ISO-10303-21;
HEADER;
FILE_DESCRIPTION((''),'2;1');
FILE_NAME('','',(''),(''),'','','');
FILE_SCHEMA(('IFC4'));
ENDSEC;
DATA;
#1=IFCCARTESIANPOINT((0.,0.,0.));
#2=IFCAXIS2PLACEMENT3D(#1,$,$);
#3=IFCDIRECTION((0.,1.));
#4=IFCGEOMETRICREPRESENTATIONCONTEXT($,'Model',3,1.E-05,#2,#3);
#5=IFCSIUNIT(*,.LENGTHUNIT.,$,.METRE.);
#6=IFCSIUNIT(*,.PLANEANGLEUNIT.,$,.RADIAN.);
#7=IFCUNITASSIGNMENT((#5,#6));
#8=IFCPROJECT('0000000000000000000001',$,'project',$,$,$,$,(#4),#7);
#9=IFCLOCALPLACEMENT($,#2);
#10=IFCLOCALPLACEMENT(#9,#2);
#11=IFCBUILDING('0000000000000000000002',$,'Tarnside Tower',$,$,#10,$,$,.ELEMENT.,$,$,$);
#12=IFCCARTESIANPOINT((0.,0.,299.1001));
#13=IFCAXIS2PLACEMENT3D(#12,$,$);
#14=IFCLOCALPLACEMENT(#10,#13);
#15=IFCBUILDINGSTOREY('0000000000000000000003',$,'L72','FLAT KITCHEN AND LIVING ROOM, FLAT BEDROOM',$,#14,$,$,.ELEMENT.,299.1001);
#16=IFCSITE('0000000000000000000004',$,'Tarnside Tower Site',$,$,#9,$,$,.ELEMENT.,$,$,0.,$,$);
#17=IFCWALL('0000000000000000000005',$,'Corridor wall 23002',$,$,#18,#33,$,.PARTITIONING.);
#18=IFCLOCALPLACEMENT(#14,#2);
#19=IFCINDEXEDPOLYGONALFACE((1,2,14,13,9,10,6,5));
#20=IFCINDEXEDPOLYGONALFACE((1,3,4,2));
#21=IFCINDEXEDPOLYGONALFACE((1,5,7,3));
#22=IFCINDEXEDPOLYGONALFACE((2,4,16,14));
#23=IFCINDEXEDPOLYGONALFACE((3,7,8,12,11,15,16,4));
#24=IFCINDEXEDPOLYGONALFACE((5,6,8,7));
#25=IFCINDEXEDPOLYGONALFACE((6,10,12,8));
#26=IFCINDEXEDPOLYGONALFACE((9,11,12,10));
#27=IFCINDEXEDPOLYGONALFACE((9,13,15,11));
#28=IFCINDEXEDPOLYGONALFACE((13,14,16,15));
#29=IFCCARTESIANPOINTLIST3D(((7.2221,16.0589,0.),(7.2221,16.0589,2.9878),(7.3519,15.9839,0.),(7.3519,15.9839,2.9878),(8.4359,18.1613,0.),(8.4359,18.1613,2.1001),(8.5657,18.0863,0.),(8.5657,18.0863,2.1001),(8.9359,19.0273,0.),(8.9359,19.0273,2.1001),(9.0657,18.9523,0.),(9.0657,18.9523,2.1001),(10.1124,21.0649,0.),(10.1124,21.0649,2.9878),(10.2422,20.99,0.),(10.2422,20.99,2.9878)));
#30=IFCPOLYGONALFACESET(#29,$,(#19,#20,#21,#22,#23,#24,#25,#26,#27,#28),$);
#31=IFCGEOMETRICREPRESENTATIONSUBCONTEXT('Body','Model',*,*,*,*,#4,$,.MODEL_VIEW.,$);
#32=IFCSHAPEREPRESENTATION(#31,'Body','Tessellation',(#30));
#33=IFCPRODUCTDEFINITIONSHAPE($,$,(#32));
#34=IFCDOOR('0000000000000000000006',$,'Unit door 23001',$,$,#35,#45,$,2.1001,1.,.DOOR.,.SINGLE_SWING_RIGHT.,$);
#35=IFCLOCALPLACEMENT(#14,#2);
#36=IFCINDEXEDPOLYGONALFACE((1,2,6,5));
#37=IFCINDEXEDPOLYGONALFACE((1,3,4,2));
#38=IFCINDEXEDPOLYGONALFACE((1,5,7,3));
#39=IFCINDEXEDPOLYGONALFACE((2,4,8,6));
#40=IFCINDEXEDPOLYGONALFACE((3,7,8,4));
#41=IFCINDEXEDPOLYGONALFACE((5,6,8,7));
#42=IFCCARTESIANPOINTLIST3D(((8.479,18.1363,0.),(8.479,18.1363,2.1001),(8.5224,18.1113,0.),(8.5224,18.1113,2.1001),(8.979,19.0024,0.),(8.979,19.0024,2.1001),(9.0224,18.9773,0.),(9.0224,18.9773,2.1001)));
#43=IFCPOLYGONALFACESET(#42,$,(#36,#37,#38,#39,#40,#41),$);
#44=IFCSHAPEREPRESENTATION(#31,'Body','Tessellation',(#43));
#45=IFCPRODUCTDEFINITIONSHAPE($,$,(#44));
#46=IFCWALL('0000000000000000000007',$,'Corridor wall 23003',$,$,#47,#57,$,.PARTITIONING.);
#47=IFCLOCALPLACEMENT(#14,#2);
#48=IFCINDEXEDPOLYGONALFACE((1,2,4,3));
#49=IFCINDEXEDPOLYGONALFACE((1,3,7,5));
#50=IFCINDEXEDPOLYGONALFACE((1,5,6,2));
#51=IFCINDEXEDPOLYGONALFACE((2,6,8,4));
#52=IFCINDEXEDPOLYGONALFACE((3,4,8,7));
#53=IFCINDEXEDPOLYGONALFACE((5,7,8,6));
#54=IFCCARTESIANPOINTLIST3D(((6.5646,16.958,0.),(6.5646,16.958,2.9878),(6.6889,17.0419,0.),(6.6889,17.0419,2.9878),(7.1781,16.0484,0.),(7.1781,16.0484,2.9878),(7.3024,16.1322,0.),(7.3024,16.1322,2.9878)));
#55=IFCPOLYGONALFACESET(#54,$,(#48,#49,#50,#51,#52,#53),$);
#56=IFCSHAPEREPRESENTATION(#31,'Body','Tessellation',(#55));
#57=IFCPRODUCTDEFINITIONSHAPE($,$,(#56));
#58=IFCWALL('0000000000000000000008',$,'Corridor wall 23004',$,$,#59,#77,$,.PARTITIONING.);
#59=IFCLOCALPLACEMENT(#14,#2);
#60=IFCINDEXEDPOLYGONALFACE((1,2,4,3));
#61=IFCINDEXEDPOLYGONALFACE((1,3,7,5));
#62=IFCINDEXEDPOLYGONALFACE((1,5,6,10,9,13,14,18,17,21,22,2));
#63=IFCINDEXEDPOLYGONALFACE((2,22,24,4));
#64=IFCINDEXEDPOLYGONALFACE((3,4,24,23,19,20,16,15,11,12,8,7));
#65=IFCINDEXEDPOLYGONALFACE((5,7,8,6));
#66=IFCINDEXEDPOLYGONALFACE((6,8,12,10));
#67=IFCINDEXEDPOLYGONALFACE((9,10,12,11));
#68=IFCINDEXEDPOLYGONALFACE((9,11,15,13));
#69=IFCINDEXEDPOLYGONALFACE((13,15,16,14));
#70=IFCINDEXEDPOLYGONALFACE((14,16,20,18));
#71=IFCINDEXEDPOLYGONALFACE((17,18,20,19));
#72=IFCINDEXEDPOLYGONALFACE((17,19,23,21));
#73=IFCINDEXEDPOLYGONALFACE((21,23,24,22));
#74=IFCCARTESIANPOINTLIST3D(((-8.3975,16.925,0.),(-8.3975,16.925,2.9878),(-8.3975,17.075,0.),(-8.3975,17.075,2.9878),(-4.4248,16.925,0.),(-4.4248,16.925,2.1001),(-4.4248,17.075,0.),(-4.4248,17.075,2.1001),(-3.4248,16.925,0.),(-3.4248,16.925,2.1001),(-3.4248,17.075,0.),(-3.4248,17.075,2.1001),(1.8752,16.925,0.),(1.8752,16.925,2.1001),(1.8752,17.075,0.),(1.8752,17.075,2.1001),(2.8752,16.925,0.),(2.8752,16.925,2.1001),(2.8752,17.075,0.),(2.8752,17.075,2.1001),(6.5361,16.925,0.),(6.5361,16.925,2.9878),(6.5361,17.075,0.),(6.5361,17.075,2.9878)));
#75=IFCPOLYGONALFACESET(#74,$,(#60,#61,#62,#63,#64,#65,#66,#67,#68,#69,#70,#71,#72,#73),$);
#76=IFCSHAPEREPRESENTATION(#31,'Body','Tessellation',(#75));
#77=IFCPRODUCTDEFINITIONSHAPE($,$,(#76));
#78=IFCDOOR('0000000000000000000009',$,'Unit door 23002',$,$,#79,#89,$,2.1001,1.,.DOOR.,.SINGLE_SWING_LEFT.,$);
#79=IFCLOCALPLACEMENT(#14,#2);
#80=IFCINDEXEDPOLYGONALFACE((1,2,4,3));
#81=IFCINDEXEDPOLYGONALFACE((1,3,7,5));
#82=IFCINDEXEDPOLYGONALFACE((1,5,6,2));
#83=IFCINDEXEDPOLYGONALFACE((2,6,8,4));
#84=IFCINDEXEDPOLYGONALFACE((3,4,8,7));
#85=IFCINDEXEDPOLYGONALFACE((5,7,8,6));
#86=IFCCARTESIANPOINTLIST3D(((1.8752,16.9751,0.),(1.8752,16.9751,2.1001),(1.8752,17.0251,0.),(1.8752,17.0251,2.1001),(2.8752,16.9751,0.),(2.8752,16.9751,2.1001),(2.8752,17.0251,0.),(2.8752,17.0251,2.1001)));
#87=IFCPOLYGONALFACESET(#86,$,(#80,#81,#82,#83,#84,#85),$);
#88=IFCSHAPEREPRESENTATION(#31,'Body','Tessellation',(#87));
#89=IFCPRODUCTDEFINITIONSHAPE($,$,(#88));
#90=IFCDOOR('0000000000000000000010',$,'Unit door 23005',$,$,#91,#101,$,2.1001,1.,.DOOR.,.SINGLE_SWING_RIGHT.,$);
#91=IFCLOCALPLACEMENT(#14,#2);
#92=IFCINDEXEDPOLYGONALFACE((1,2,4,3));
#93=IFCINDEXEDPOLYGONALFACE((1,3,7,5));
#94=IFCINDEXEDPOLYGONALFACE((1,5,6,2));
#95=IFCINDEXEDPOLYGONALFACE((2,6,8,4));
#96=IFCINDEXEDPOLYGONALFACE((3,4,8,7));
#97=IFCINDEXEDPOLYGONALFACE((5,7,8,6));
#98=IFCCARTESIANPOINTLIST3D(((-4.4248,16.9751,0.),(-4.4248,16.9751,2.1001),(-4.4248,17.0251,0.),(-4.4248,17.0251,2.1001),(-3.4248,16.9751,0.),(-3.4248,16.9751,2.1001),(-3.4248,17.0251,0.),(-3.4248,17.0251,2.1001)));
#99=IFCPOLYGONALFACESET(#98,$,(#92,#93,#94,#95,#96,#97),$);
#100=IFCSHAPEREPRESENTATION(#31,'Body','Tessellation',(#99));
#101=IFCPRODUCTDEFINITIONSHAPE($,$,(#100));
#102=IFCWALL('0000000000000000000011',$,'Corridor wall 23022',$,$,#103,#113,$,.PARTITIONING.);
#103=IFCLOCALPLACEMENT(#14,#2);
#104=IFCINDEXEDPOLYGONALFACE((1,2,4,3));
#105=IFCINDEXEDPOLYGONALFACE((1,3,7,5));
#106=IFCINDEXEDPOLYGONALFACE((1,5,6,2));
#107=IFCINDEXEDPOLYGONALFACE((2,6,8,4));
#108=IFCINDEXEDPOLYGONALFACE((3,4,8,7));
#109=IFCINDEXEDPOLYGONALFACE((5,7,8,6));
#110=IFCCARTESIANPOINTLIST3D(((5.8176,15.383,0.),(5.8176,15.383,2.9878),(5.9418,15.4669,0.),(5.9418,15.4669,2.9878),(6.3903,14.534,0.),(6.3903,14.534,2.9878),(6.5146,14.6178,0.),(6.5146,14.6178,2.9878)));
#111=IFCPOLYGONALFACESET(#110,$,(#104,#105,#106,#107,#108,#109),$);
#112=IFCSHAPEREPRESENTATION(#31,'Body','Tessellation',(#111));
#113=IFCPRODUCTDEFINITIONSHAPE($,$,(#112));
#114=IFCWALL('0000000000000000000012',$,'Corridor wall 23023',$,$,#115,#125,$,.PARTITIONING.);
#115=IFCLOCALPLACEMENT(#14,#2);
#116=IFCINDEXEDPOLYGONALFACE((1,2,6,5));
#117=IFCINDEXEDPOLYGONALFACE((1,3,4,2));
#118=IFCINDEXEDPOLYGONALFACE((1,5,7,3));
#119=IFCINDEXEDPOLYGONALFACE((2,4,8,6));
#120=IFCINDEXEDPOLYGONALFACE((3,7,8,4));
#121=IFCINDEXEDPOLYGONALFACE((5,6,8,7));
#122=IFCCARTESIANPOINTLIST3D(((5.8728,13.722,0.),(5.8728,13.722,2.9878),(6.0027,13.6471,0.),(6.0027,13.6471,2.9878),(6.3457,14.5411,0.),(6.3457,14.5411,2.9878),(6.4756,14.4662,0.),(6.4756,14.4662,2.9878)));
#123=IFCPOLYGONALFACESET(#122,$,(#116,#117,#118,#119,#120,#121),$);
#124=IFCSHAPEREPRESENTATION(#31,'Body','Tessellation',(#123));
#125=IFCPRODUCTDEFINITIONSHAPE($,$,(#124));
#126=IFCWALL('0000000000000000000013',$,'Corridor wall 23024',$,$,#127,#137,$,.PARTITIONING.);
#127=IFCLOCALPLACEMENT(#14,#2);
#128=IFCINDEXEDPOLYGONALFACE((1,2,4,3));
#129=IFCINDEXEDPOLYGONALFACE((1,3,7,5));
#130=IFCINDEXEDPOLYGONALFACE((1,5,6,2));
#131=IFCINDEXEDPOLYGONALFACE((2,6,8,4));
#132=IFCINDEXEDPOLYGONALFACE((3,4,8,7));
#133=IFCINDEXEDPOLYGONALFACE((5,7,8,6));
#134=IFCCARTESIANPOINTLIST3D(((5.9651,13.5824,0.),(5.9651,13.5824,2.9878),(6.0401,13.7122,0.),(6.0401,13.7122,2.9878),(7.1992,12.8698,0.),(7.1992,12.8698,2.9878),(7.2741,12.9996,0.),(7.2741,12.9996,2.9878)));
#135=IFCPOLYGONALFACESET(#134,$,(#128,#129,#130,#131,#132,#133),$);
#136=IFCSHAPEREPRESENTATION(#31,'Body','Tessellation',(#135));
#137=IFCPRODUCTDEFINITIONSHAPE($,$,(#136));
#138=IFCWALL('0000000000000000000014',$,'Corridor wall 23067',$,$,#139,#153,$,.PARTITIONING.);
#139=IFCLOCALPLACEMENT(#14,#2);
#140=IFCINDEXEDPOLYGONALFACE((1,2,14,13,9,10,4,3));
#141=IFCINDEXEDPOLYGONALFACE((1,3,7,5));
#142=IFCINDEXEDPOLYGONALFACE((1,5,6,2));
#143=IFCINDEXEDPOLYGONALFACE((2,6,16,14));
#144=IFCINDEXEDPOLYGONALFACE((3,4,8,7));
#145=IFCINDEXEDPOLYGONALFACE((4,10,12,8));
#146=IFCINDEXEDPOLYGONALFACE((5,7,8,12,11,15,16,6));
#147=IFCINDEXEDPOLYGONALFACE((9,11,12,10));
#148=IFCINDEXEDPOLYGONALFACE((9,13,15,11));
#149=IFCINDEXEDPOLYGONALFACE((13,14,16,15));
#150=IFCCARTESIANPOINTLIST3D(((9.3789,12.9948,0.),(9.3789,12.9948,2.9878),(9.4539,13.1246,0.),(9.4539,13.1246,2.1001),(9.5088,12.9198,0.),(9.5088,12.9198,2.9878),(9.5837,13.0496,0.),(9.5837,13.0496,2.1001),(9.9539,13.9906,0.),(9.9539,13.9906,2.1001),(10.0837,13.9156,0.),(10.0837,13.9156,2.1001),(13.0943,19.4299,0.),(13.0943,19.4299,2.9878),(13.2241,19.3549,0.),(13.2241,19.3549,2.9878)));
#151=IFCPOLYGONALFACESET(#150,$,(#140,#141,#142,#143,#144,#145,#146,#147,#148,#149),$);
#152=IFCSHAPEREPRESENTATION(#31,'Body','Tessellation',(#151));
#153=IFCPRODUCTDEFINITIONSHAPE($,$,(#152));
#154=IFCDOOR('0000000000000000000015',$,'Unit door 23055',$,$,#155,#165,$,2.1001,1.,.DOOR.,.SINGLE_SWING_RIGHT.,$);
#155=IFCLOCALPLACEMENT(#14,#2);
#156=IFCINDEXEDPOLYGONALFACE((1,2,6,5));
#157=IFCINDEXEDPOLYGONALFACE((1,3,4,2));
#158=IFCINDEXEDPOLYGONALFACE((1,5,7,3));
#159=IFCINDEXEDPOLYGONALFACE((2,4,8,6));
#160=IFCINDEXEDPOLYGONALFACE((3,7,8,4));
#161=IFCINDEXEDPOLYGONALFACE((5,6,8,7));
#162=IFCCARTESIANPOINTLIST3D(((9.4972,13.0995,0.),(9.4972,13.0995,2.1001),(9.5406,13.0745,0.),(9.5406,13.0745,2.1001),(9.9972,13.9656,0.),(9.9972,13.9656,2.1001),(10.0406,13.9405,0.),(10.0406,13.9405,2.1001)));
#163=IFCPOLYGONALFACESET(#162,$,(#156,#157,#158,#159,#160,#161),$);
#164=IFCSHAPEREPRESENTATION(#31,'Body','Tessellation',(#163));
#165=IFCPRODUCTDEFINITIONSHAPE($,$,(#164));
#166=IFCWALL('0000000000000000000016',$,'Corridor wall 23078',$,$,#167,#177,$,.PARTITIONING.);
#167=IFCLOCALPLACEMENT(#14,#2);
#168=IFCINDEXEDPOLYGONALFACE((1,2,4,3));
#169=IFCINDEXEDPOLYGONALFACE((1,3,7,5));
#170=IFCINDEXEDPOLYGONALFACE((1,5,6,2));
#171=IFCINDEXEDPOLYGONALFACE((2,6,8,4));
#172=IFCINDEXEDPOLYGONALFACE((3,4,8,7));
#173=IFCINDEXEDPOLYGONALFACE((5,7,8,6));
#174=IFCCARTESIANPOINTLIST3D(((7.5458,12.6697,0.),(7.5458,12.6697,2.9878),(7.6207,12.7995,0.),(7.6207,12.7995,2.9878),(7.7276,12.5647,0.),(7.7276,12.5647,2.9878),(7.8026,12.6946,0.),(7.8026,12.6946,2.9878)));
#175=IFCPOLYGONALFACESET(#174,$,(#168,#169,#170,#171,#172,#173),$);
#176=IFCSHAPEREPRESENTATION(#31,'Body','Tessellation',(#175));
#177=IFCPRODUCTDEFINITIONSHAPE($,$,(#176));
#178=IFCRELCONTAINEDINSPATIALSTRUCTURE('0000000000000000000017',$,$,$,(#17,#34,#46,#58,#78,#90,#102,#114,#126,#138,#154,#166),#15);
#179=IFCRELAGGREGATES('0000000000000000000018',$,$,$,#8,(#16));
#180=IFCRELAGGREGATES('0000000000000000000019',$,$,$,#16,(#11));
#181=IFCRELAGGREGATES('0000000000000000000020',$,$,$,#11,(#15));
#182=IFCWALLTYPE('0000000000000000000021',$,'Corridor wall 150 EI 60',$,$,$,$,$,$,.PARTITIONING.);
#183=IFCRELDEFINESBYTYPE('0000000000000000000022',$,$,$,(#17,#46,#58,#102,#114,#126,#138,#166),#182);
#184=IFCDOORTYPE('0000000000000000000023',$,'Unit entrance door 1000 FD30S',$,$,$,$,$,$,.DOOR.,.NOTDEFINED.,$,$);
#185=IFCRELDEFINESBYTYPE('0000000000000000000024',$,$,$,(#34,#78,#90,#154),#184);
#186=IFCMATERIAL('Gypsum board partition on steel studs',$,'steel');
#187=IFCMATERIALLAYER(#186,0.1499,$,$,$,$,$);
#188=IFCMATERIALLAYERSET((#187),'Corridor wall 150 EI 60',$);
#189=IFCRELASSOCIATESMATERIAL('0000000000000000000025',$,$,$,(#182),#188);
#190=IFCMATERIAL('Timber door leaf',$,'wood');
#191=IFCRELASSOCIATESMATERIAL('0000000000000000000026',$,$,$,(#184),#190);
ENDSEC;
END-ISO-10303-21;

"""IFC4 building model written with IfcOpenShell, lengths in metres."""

from ifc_helpers import new_model, si_unit, direction, frame, frame_2d, origin, place, context, subcontext, project, spatial, rectangle, extrude, material, layer, layer_set, type_object, element, fill, save


model = new_model("IFC4")

# Units and contexts
model_context = context("Model", 3, precision=1e-05, world=origin(), true_north=direction((0.0, 1.0)))
body_context = subcontext(model_context, "Body", "Model", "MODEL_VIEW")
ifc_project = project(units=[si_unit("LENGTHUNIT", "METRE"), si_unit("PLANEANGLEUNIT", "RADIAN")], contexts=[model_context])

# Site, building, storey
site_placement = place(None, origin())
site = spatial("IfcSite", under=ifc_project, at=site_placement, Name="Tarnside Tower Site", CompositionType="ELEMENT", RefElevation=0.0)
building_placement = place(site_placement, origin())
building = spatial("IfcBuilding", under=site, at=building_placement, Name="Tarnside Tower", CompositionType="ELEMENT")
storey_placement = place(building_placement, frame((0.0, 0.0, 299.1001)))
storey = spatial("IfcBuildingStorey", under=building, at=storey_placement, Name="L72", Description="FLAT KITCHEN AND LIVING ROOM, FLAT BEDROOM", CompositionType="ELEMENT", Elevation=299.1001)

# Shared definitions
ifc_material_1 = material(Name="Gypsum board partition on steel studs", Category="steel")

# Wall, opening, door
ifc_material_2 = material(Name="Timber door leaf", Category="wood")
ifc_layer_1 = layer(ifc_material_1, 0.1499)
ifc_layer_set_1 = layer_set([ifc_layer_1], Name="Corridor wall 150 EI 60")
wall_type_1 = type_object("IfcWallType", Name="Corridor wall 150 EI 60", PredefinedType="PARTITIONING", material=ifc_layer_set_1)
wall_1_placement = place(storey_placement, frame((10.1772, 21.0273, 0.0), z_axis=(0.0, 0.0, 1.0), x_axis=(-0.500014, -0.866017, 0.0)))
wall_1 = element("IfcWall", 1, at=wall_1_placement, inside=storey, type_object=wall_type_1, Name="Corridor wall 23002", PredefinedType="PARTITIONING", context=body_context, shape_type="SweptSolid", body=[
    extrude(rectangle(XDim=5.7805, YDim=0.1499, at=frame_2d((2.8901, 0.0))), origin(), (0.0, 0.0, 1.0), 2.9878),
])
opening_1_placement = place(wall_1_placement, frame((2.3528, 0.0, 0.0)))
opening_1 = element("IfcOpeningElement", 2, at=opening_1_placement, cuts=wall_1, PredefinedType="OPENING", context=body_context, shape_type="SweptSolid", body=[
    extrude(rectangle(XDim=1.0, YDim=2.1001, at=frame_2d((0.5, 1.05))), frame((0.0, 0.085, 0.0), z_axis=(0.0, -1.0, 0.0), x_axis=(1.0, 0.0, 0.0)), (0.0, 0.0, 1.0), 0.1699),
])
door_type_1 = type_object("IfcDoorType", Name="Unit entrance door 1000 FD30S", OperationType="NOTDEFINED", PredefinedType="DOOR", material=ifc_material_2)
door_1_placement = place(opening_1_placement, origin())
door_1 = element("IfcDoor", 3, at=door_1_placement, inside=storey, type_object=door_type_1, Name="Unit door 23001", OperationType="SINGLE_SWING_RIGHT", OverallHeight=2.1001, OverallWidth=1.0, PredefinedType="DOOR", context=body_context, shape_type="SweptSolid", body=[
    extrude(rectangle(XDim=1.0, YDim=2.1001, at=frame_2d((0.5, 1.05))), frame((0.0, 0.0249, 0.0), z_axis=(0.0, -1.0, 0.0), x_axis=(1.0, 0.0, 0.0)), (0.0, 0.0, 1.0), 0.05),
])
fill(opening_1, door_1)

# Wall
wall_2_placement = place(storey_placement, frame((7.2402, 16.0903, 0.0), z_axis=(0.0, 0.0, 1.0), x_axis=(-0.559159, 0.82906, 0.0)))
element("IfcWall", 4, at=wall_2_placement, inside=storey, type_object=wall_type_1, Name="Corridor wall 23003", PredefinedType="PARTITIONING", context=body_context, shape_type="SweptSolid", body=[
    extrude(rectangle(XDim=1.0972, YDim=0.1499, at=frame_2d((0.5486, 0.0))), origin(), (0.0, 0.0, 1.0), 2.9878),
])

# Wall, openings, doors
wall_3_placement = place(storey_placement, frame((6.5361, 17.0, 0.0), z_axis=(0.0, 0.0, 1.0), x_axis=(-1.0, 0.0, 0.0)))
wall_3 = element("IfcWall", 5, at=wall_3_placement, inside=storey, type_object=wall_type_1, Name="Corridor wall 23004", PredefinedType="PARTITIONING", context=body_context, shape_type="SweptSolid", body=[
    extrude(rectangle(XDim=14.9336, YDim=0.1499, at=frame_2d((7.4668, 0.0))), origin(), (0.0, 0.0, 1.0), 2.9878),
])
opening_2_placement = place(wall_3_placement, frame((3.6609, 0.0, 0.0)))
opening_2 = element("IfcOpeningElement", 6, at=opening_2_placement, cuts=wall_3, PredefinedType="OPENING", context=body_context, shape_type="SweptSolid", body=[
    extrude(rectangle(XDim=1.0, YDim=2.1001, at=frame_2d((0.5, 1.05))), frame((0.0, 0.085, 0.0), z_axis=(0.0, -1.0, 0.0), x_axis=(1.0, 0.0, 0.0)), (0.0, 0.0, 1.0), 0.1699),
])
opening_3_placement = place(wall_3_placement, frame((9.9609, 0.0, 0.0)))
opening_3 = element("IfcOpeningElement", 7, at=opening_3_placement, cuts=wall_3, PredefinedType="OPENING", context=body_context, shape_type="SweptSolid", body=[
    extrude(rectangle(XDim=1.0, YDim=2.1001, at=frame_2d((0.5, 1.05))), frame((0.0, 0.085, 0.0), z_axis=(0.0, -1.0, 0.0), x_axis=(1.0, 0.0, 0.0)), (0.0, 0.0, 1.0), 0.1699),
])
door_2_placement = place(opening_2_placement, origin())
door_2 = element("IfcDoor", 8, at=door_2_placement, inside=storey, type_object=door_type_1, Name="Unit door 23002", OperationType="SINGLE_SWING_LEFT", OverallHeight=2.1001, OverallWidth=1.0, PredefinedType="DOOR", context=body_context, shape_type="SweptSolid", body=[
    extrude(rectangle(XDim=1.0, YDim=2.1001, at=frame_2d((0.5, 1.05))), frame((0.0, 0.0249, 0.0), z_axis=(0.0, -1.0, 0.0), x_axis=(1.0, 0.0, 0.0)), (0.0, 0.0, 1.0), 0.05),
])
fill(opening_2, door_2)
door_3_placement = place(opening_3_placement, origin())
door_3 = element("IfcDoor", 9, at=door_3_placement, inside=storey, type_object=door_type_1, Name="Unit door 23005", OperationType="SINGLE_SWING_RIGHT", OverallHeight=2.1001, OverallWidth=1.0, PredefinedType="DOOR", context=body_context, shape_type="SweptSolid", body=[
    extrude(rectangle(XDim=1.0, YDim=2.1001, at=frame_2d((0.5, 1.05))), frame((0.0, 0.0249, 0.0), z_axis=(0.0, -1.0, 0.0), x_axis=(1.0, 0.0, 0.0)), (0.0, 0.0, 1.0), 0.05),
])
fill(opening_3, door_3)

# Walls
wall_4_placement = place(storey_placement, frame((5.8796, 15.425, 0.0), z_axis=(0.0, 0.0, 1.0), x_axis=(0.559203, -0.829031, 0.0)))
element("IfcWall", 10, at=wall_4_placement, inside=storey, type_object=wall_type_1, Name="Corridor wall 23022", PredefinedType="PARTITIONING", context=body_context, shape_type="SweptSolid", body=[
    extrude(rectangle(XDim=1.0242, YDim=0.1499, at=frame_2d((0.5122, 0.0))), origin(), (0.0, 0.0, 1.0), 2.9878),
])
wall_5_placement = place(storey_placement, frame((6.4106, 14.5037, 0.0), z_axis=(0.0, 0.0, 1.0), x_axis=(-0.499998, -0.866027, 0.0)))
element("IfcWall", 11, at=wall_5_placement, inside=storey, type_object=wall_type_1, Name="Corridor wall 23023", PredefinedType="PARTITIONING", context=body_context, shape_type="SweptSolid", body=[
    extrude(rectangle(XDim=0.9458, YDim=0.1499, at=frame_2d((0.4729, 0.0))), origin(), (0.0, 0.0, 1.0), 2.9878),
])
wall_6_placement = place(storey_placement, frame((6.0027, 13.6472, 0.0), z_axis=(0.0, 0.0, 1.0), x_axis=(0.865989, -0.500064, 0.0)))
element("IfcWall", 12, at=wall_6_placement, inside=storey, type_object=wall_type_1, Name="Corridor wall 23024", PredefinedType="PARTITIONING", context=body_context, shape_type="SweptSolid", body=[
    extrude(rectangle(XDim=1.425, YDim=0.1499, at=frame_2d((0.7124, 0.0))), origin(), (0.0, 0.0, 1.0), 2.9878),
])

# Wall, opening, door
wall_7_placement = place(storey_placement, frame((9.4438, 12.9573, 0.0), z_axis=(0.0, 0.0, 1.0), x_axis=(0.500005, 0.866023, 0.0)))
wall_7 = element("IfcWall", 13, at=wall_7_placement, inside=storey, type_object=wall_type_1, Name="Corridor wall 23067", PredefinedType="PARTITIONING", context=body_context, shape_type="SweptSolid", body=[
    extrude(rectangle(XDim=7.4307, YDim=0.1499, at=frame_2d((3.7153, 0.0))), origin(), (0.0, 0.0, 1.0), 2.9878),
])
opening_4_placement = place(wall_7_placement, frame((0.1499, 0.0, 0.0)))
opening_4 = element("IfcOpeningElement", 14, at=opening_4_placement, cuts=wall_7, PredefinedType="OPENING", context=body_context, shape_type="SweptSolid", body=[
    extrude(rectangle(XDim=1.0, YDim=2.1001, at=frame_2d((0.5, 1.05))), frame((0.0, 0.085, 0.0), z_axis=(0.0, -1.0, 0.0), x_axis=(1.0, 0.0, 0.0)), (0.0, 0.0, 1.0), 0.1699),
])
door_4_placement = place(opening_4_placement, origin())
door_4 = element("IfcDoor", 15, at=door_4_placement, inside=storey, type_object=door_type_1, Name="Unit door 23055", OperationType="SINGLE_SWING_RIGHT", OverallHeight=2.1001, OverallWidth=1.0, PredefinedType="DOOR", context=body_context, shape_type="SweptSolid", body=[
    extrude(rectangle(XDim=1.0, YDim=2.1001, at=frame_2d((0.5, 1.05))), frame((0.0, 0.0249, 0.0), z_axis=(0.0, -1.0, 0.0), x_axis=(1.0, 0.0, 0.0)), (0.0, 0.0, 1.0), 0.05),
])
fill(opening_4, door_4)

# Wall
wall_8_placement = place(storey_placement, frame((7.5833, 12.7346, 0.0), z_axis=(0.0, 0.0, 1.0), x_axis=(0.866089, -0.49989, 0.0)))
element("IfcWall", 16, at=wall_8_placement, inside=storey, type_object=wall_type_1, Name="Corridor wall 23078", PredefinedType="PARTITIONING", context=body_context, shape_type="SweptSolid", body=[
    extrude(rectangle(XDim=0.21, YDim=0.1499, at=frame_2d((0.105, 0.0))), origin(), (0.0, 0.0, 1.0), 2.9878),
])

save(model, "model.ifc")
